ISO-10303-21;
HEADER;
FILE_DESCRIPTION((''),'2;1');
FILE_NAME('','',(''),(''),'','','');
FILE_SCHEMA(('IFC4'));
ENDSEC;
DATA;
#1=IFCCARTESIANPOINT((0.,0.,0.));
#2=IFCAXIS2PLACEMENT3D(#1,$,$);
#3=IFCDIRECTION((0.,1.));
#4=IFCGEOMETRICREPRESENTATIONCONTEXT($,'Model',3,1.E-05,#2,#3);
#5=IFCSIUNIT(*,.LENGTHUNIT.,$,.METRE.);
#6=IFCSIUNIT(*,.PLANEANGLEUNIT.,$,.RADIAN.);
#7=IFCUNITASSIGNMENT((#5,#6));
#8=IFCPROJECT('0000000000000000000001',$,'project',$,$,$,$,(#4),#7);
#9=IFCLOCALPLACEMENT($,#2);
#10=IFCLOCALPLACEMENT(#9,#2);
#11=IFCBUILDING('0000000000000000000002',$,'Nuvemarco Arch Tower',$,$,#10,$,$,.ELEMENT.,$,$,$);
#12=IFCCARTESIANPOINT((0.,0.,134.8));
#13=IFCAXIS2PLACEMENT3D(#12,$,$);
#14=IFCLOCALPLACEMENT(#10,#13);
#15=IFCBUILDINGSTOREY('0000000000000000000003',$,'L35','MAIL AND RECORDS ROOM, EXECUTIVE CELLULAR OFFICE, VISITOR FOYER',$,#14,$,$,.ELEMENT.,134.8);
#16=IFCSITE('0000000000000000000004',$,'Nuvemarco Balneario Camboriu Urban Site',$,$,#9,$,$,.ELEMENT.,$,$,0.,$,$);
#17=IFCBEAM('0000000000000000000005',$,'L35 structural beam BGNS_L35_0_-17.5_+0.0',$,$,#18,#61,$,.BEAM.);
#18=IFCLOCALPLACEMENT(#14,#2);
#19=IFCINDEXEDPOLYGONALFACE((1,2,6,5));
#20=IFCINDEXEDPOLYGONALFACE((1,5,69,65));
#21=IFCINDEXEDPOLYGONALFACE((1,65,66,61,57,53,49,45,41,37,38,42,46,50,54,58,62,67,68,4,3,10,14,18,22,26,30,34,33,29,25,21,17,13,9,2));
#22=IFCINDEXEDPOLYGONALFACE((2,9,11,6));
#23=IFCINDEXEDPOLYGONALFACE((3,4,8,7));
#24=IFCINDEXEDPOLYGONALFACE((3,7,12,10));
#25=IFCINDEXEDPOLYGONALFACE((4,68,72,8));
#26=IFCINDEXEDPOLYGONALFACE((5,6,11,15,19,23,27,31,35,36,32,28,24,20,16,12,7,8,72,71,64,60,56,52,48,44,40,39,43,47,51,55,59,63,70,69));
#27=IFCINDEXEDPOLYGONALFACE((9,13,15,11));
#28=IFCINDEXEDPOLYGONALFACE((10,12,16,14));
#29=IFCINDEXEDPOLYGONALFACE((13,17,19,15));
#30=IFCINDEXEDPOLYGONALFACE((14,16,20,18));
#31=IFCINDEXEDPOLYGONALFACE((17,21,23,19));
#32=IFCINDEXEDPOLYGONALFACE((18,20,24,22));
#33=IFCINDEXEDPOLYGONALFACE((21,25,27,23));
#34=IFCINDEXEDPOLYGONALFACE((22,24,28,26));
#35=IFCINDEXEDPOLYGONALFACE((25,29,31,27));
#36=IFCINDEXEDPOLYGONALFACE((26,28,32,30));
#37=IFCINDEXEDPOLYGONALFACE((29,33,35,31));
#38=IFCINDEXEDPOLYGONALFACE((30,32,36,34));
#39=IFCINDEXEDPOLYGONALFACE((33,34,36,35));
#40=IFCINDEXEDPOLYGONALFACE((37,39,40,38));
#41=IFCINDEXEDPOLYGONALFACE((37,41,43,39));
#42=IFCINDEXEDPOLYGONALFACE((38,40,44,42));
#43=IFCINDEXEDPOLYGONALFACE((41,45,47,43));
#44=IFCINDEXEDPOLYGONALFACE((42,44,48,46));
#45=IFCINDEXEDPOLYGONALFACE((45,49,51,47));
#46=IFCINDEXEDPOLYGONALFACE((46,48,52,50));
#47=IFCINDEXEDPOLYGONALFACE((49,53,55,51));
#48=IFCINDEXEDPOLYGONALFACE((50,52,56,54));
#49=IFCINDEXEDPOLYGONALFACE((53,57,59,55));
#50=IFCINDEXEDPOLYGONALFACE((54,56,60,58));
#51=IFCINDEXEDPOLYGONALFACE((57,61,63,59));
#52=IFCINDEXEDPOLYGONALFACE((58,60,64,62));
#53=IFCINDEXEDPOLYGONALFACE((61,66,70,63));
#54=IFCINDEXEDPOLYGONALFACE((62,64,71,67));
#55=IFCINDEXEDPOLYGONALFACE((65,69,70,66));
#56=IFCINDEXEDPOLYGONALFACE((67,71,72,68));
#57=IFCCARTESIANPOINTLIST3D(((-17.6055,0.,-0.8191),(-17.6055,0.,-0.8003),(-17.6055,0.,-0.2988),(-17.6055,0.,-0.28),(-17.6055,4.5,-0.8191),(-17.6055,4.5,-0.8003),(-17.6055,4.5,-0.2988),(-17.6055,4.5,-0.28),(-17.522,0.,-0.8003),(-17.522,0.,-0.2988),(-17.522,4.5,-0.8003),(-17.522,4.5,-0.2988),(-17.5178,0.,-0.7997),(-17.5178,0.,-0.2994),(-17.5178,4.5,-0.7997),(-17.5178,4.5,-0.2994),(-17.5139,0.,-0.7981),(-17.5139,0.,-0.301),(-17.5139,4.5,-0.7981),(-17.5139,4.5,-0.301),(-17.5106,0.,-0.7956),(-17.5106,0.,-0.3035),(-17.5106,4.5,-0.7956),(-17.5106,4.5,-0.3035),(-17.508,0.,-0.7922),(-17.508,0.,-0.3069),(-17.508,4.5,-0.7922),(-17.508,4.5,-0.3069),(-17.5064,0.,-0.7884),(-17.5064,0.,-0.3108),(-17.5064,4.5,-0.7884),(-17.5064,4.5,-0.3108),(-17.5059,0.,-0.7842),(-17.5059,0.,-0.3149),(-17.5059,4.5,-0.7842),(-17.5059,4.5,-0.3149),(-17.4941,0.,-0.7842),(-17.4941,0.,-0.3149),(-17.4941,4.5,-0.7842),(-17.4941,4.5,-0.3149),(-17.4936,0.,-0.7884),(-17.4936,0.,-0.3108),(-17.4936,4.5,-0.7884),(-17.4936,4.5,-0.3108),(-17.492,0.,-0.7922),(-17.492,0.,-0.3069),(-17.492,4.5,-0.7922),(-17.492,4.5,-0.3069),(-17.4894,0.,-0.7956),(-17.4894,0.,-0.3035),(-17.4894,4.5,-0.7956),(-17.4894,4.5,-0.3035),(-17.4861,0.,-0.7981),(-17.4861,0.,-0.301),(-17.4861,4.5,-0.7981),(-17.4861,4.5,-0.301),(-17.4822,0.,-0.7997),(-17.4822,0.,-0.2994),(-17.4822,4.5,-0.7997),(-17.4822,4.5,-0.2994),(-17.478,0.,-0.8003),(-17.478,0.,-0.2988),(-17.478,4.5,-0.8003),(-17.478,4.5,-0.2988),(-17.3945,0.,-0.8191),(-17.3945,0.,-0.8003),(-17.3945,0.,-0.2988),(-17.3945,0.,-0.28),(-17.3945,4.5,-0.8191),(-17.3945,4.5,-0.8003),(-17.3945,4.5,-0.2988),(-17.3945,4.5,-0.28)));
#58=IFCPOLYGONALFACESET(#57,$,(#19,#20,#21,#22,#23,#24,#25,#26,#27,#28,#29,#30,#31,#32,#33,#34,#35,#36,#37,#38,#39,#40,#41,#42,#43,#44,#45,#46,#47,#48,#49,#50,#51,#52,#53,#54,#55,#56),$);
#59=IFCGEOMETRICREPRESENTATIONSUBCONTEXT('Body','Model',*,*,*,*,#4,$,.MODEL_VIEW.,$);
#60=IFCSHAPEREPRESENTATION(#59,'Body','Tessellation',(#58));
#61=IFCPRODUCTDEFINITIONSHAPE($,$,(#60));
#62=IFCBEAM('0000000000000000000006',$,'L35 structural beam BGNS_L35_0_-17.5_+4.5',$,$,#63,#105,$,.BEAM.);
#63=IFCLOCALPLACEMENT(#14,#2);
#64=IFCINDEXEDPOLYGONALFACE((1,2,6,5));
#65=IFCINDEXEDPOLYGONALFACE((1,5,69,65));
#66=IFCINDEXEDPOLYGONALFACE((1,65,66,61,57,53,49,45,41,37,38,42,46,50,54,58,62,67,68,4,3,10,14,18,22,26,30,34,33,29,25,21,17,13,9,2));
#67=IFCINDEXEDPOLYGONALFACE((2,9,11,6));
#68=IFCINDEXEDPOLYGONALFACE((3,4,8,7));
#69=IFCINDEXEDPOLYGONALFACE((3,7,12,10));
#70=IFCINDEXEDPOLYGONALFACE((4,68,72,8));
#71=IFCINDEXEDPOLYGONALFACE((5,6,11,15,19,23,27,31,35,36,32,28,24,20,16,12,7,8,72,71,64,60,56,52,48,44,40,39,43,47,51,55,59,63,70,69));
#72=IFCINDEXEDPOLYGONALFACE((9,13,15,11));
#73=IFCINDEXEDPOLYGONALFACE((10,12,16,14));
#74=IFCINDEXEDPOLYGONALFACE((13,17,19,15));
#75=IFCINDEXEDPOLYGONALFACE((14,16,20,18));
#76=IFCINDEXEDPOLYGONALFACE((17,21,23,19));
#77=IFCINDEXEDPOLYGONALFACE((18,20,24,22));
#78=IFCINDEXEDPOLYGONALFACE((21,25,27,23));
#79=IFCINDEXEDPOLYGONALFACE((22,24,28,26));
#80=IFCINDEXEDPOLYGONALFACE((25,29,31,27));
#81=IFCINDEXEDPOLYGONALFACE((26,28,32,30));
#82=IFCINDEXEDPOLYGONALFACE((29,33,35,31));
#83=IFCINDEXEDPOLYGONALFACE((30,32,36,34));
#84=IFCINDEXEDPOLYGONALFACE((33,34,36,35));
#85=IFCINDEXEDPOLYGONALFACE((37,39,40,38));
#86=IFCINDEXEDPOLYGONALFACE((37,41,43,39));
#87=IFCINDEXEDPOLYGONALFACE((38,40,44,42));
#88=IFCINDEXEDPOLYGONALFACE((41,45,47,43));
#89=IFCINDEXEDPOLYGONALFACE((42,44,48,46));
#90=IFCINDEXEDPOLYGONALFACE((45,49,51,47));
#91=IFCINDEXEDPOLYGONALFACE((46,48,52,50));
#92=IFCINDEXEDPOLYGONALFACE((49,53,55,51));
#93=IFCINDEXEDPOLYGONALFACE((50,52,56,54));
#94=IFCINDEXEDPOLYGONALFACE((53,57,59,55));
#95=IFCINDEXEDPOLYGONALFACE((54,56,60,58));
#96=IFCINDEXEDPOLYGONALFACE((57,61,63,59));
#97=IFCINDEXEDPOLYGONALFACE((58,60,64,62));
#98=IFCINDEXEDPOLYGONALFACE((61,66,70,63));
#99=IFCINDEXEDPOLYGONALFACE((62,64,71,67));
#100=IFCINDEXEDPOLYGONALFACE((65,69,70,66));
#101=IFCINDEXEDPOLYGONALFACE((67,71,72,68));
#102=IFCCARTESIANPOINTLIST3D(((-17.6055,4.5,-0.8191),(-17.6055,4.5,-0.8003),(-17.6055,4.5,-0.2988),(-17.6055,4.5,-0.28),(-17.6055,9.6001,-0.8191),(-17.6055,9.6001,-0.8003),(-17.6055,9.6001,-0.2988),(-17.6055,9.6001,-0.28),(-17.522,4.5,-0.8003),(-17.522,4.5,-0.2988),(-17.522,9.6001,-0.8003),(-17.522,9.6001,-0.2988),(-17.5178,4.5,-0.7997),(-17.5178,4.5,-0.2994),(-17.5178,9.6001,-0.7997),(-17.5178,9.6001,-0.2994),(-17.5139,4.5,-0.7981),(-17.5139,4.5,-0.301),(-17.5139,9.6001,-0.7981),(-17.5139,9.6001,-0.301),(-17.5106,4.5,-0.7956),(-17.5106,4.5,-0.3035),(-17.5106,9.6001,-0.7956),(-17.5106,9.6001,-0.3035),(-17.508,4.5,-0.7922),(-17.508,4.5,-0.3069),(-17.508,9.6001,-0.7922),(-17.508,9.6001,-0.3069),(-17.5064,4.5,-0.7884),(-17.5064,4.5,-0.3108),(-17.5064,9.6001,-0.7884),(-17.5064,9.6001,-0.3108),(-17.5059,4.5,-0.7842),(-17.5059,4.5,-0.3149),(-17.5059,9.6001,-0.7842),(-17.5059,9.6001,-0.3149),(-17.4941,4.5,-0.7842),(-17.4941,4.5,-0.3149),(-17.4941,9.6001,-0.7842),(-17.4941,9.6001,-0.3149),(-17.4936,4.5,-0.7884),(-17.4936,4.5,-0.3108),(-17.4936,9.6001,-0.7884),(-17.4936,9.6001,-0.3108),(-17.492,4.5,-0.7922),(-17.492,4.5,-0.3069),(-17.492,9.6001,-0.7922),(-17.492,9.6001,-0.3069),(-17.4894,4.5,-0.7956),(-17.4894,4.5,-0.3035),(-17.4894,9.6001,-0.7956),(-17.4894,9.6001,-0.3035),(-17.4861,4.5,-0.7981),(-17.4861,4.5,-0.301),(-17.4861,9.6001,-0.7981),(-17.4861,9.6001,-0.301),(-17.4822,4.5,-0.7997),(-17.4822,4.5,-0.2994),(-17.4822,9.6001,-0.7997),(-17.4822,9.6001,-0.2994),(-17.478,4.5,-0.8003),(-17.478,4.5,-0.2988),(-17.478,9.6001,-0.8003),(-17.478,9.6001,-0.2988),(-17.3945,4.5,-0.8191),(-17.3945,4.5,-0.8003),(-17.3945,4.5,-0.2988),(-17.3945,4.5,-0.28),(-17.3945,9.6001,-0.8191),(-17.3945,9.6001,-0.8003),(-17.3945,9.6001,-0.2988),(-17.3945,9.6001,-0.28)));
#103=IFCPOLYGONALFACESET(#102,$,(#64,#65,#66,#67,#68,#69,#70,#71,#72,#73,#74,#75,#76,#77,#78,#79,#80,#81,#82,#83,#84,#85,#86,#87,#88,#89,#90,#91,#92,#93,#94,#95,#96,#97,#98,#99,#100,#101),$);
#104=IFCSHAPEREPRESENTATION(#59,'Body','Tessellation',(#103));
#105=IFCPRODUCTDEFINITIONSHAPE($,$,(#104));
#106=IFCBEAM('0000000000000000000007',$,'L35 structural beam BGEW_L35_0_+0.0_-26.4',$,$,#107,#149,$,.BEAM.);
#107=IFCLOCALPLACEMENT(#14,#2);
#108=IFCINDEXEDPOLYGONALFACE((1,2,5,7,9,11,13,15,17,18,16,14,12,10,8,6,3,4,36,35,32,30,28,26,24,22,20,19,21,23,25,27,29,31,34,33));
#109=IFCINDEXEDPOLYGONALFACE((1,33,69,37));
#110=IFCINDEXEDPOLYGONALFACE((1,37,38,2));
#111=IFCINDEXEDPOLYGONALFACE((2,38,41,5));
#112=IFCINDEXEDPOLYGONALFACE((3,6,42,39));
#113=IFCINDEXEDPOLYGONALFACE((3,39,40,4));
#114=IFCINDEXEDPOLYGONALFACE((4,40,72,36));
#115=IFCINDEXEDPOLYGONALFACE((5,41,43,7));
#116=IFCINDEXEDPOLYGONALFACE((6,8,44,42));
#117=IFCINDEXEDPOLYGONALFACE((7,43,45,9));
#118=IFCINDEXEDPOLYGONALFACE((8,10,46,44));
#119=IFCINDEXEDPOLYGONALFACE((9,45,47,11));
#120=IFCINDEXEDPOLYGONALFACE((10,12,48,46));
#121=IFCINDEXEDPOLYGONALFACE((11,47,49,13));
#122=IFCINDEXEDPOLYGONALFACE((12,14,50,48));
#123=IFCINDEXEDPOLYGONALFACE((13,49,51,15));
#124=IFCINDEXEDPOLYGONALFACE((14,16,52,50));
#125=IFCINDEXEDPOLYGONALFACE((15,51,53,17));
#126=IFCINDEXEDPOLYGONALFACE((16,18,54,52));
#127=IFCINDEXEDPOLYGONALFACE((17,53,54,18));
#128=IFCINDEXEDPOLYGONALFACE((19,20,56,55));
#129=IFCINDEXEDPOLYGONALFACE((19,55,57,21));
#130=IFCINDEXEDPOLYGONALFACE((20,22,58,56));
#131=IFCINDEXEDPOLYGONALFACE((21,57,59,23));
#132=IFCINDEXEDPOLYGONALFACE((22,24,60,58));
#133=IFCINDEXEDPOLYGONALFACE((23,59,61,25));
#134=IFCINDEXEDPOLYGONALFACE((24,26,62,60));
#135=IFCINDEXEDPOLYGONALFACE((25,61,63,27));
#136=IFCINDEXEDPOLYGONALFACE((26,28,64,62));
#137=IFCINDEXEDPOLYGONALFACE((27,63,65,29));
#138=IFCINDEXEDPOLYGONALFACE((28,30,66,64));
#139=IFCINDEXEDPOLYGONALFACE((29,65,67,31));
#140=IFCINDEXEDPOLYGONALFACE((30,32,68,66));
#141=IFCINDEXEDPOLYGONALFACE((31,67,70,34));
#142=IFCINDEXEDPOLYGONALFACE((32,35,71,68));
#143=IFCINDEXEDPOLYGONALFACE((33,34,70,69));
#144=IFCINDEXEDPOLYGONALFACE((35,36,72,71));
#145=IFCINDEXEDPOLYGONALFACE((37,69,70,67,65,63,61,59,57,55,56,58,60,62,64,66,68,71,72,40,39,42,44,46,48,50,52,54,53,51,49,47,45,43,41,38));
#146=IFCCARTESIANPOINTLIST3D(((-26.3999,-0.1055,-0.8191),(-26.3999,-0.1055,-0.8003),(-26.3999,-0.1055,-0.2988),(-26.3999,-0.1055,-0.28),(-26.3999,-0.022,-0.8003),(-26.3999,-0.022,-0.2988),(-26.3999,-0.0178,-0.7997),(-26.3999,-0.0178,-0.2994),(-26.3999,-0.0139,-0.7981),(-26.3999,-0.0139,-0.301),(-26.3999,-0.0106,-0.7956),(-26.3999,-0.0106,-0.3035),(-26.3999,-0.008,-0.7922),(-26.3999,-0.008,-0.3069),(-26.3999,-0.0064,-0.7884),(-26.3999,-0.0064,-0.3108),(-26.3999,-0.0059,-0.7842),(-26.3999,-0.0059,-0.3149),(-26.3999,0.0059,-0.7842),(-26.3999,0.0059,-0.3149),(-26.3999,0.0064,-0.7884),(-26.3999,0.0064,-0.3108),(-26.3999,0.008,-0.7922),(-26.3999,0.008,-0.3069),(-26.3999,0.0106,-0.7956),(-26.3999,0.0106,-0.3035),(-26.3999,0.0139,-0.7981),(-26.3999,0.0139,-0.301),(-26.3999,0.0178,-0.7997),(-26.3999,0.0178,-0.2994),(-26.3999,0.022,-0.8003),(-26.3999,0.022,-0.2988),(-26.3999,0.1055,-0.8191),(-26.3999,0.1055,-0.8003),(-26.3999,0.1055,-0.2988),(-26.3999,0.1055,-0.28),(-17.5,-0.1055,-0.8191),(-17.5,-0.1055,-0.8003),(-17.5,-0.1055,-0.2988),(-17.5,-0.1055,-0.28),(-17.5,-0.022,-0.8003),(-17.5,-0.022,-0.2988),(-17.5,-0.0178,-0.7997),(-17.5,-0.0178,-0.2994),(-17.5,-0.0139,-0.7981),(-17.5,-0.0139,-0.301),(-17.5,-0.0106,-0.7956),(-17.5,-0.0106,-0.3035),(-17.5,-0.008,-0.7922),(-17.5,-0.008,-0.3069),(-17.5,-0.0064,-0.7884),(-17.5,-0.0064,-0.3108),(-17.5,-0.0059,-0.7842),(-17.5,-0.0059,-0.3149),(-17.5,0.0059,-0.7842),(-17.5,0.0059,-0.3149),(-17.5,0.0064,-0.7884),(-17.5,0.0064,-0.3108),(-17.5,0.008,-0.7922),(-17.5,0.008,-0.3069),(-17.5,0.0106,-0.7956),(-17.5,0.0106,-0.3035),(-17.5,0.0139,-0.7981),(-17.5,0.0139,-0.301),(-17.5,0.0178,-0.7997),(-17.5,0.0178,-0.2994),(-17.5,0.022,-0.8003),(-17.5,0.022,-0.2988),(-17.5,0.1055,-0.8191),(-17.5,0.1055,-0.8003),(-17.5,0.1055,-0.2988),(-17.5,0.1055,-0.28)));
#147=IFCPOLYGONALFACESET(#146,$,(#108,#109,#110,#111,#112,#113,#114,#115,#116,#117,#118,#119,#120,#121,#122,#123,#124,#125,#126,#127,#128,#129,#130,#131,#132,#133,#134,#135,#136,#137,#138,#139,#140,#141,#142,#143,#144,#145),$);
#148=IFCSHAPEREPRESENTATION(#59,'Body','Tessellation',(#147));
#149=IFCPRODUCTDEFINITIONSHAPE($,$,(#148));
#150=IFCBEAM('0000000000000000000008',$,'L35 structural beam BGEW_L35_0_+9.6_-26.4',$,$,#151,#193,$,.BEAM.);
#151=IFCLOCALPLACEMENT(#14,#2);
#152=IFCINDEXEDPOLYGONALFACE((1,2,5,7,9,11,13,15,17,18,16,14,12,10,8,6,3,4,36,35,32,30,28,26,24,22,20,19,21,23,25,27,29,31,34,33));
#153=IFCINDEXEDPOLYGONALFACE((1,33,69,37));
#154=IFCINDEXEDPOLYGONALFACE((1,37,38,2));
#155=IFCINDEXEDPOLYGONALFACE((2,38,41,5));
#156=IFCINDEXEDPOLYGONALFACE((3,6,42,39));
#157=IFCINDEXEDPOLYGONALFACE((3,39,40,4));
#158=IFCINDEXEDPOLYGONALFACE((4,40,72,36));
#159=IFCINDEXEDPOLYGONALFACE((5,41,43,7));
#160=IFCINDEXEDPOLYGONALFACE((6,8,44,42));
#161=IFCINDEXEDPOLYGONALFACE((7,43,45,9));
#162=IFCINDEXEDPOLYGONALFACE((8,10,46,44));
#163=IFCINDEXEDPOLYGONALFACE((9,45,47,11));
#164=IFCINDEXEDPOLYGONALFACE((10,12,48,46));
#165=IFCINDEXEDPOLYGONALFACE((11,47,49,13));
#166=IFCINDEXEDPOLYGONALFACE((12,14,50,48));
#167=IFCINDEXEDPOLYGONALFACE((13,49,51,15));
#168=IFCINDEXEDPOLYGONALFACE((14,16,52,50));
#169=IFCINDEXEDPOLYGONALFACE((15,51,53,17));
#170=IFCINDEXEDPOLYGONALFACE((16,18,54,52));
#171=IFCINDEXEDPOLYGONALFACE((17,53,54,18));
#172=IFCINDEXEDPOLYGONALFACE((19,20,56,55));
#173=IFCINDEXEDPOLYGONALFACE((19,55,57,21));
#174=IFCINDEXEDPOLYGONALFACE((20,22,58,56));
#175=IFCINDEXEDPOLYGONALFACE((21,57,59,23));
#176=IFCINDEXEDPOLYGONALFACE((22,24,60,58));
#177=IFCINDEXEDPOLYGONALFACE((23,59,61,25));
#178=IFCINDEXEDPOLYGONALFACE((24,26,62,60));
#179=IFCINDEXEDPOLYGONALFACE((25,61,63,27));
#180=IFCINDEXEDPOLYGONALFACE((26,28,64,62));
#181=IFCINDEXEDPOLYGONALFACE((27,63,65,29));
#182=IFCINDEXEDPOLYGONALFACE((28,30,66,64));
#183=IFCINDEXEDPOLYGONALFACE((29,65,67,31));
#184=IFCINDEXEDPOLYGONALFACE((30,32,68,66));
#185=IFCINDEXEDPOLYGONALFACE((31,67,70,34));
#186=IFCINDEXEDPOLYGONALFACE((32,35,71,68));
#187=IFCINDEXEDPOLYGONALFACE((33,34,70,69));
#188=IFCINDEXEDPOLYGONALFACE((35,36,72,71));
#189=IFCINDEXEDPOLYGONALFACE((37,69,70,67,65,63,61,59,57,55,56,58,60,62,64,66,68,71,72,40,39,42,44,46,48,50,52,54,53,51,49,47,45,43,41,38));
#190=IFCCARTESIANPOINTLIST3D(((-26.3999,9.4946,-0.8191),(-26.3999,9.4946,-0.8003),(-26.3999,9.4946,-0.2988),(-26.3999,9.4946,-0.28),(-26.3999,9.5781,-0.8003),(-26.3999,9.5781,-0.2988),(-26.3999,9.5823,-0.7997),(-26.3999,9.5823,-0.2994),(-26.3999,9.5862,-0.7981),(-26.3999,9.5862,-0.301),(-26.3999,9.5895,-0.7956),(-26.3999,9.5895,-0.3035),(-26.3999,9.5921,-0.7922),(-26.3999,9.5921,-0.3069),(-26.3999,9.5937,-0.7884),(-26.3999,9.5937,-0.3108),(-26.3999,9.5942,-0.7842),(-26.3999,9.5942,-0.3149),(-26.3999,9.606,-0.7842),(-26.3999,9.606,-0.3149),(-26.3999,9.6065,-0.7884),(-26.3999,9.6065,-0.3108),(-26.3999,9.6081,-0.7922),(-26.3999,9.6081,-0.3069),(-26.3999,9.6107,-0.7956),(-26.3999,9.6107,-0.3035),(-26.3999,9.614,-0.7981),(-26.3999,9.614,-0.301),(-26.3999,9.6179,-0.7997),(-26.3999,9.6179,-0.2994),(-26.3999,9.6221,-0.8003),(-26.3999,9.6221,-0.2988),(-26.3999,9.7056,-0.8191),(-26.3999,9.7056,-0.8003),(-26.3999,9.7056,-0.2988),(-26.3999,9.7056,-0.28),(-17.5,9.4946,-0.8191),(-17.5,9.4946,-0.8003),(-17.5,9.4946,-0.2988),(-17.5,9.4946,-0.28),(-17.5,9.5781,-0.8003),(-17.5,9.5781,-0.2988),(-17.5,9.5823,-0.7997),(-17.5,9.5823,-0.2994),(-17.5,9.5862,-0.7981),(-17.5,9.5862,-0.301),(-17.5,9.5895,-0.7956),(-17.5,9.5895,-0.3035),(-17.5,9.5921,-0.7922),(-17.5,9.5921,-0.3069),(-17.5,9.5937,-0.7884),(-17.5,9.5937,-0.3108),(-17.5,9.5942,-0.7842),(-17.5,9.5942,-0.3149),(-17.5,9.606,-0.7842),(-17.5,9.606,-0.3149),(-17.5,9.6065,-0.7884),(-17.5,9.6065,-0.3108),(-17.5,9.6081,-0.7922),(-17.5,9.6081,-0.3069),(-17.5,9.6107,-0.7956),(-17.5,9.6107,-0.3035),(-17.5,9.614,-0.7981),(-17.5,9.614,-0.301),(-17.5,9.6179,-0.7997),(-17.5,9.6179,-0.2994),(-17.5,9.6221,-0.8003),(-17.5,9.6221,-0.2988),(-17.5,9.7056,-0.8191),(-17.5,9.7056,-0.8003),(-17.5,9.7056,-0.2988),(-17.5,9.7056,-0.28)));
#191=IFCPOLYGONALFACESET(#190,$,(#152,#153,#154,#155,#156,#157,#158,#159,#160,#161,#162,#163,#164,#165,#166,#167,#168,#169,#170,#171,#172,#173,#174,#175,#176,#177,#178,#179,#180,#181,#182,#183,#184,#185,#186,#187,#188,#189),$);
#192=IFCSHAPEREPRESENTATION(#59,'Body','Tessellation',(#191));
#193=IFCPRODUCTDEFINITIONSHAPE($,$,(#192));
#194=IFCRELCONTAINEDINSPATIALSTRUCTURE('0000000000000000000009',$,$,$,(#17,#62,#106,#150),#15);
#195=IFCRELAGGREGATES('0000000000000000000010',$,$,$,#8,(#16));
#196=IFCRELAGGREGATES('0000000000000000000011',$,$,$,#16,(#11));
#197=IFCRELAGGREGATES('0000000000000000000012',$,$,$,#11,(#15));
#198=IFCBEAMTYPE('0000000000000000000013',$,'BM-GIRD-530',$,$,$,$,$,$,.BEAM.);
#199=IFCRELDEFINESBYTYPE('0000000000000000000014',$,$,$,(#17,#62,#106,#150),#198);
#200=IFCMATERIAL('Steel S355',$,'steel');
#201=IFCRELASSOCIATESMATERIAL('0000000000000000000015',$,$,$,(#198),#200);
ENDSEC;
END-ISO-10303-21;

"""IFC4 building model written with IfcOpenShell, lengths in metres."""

from ifc_helpers import new_model, si_unit, direction, frame, origin, origin_2d, place, context, subcontext, project, spatial, i_section, extrude, material, material_profile, profile_set, type_object, element, save


model = new_model("IFC4")

# Units and contexts
model_context = context("Model", 3, precision=1e-05, world=origin(), true_north=direction((0.0, 1.0)))
body_context = subcontext(model_context, "Body", "Model", "MODEL_VIEW")
ifc_project = project(units=[si_unit("LENGTHUNIT", "METRE"), si_unit("PLANEANGLEUNIT", "RADIAN")], contexts=[model_context])

# Site, building, storey
site_placement = place(None, origin())
site = spatial("IfcSite", under=ifc_project, at=site_placement, Name="Nuvemarco Balneario Camboriu Urban Site", CompositionType="ELEMENT", RefElevation=0.0)
building_placement = place(site_placement, origin())
building = spatial("IfcBuilding", under=site, at=building_placement, Name="Nuvemarco Arch Tower", CompositionType="ELEMENT")
storey_placement = place(building_placement, frame((0.0, 0.0, 134.8)))
storey = spatial("IfcBuildingStorey", under=building, at=storey_placement, Name="L35", Description="MAIL AND RECORDS ROOM, EXECUTIVE CELLULAR OFFICE, VISITOR FOYER", CompositionType="ELEMENT", Elevation=134.8)

# Shared definitions
ifc_material_1 = material(Name="Steel S355", Category="steel")

# Beams
ifc_material_profile_1 = material_profile(ifc_material_1, i_section(OverallWidth=0.2109, OverallDepth=0.5391, WebThickness=0.0117, FlangeThickness=0.0188, FilletRadius=0.0161, at=origin_2d()), Name="W530x109")
ifc_profile_set_1 = profile_set([ifc_material_profile_1], Name="Steel S355")
beam_type_1 = type_object("IfcBeamType", Name="BM-GIRD-530", PredefinedType="BEAM", material=ifc_profile_set_1)
beam_1_placement = place(storey_placement, frame((-17.5, 0.0, -0.5496), z_axis=(0.0, 1.0, 0.0), x_axis=(-1.0, 0.0, 0.0)))
element("IfcBeam", 1, at=beam_1_placement, inside=storey, type_object=beam_type_1, Name="L35 structural beam BGNS_L35_0_-17.5_+0.0", PredefinedType="BEAM", context=body_context, shape_type="SweptSolid", body=[
    extrude(i_section(OverallWidth=0.2109, OverallDepth=0.5391, WebThickness=0.0117, FlangeThickness=0.0188, FilletRadius=0.0161, at=origin_2d()), origin(), (0.0, 0.0, 1.0), 4.5),
])
beam_2_placement = place(storey_placement, frame((-17.5, 4.5, -0.5496), z_axis=(0.0, 1.0, 0.0), x_axis=(-1.0, 0.0, 0.0)))
element("IfcBeam", 2, at=beam_2_placement, inside=storey, type_object=beam_type_1, Name="L35 structural beam BGNS_L35_0_-17.5_+4.5", PredefinedType="BEAM", context=body_context, shape_type="SweptSolid", body=[
    extrude(i_section(OverallWidth=0.2109, OverallDepth=0.5391, WebThickness=0.0117, FlangeThickness=0.0188, FilletRadius=0.0161, at=origin_2d()), origin(), (0.0, 0.0, 1.0), 5.1001),
])
for number, where, z_axis, x_axis, name in (
    (3, (-26.3999, 0.0, -0.5496), (1.0, 0.0, 0.0), (0.0, 1.0, 0.0), "L35 structural beam BGEW_L35_0_+0.0_-26.4"),
    (4, (-26.3999, 9.6001, -0.5496), (1.0, 0.0, 0.0), (0.0, 1.0, 0.0), "L35 structural beam BGEW_L35_0_+9.6_-26.4"),
):
    element("IfcBeam", number, at=place(storey_placement, frame(where, z_axis=z_axis, x_axis=x_axis)), inside=storey, type_object=beam_type_1, Name=name, PredefinedType="BEAM", context=body_context, shape_type="SweptSolid", body=[
        extrude(i_section(OverallWidth=0.2109, OverallDepth=0.5391, WebThickness=0.0117, FlangeThickness=0.0188, FilletRadius=0.0161, at=origin_2d()), origin(), (0.0, 0.0, 1.0), 8.8999),
    ])

save(model, "model.ifc")
